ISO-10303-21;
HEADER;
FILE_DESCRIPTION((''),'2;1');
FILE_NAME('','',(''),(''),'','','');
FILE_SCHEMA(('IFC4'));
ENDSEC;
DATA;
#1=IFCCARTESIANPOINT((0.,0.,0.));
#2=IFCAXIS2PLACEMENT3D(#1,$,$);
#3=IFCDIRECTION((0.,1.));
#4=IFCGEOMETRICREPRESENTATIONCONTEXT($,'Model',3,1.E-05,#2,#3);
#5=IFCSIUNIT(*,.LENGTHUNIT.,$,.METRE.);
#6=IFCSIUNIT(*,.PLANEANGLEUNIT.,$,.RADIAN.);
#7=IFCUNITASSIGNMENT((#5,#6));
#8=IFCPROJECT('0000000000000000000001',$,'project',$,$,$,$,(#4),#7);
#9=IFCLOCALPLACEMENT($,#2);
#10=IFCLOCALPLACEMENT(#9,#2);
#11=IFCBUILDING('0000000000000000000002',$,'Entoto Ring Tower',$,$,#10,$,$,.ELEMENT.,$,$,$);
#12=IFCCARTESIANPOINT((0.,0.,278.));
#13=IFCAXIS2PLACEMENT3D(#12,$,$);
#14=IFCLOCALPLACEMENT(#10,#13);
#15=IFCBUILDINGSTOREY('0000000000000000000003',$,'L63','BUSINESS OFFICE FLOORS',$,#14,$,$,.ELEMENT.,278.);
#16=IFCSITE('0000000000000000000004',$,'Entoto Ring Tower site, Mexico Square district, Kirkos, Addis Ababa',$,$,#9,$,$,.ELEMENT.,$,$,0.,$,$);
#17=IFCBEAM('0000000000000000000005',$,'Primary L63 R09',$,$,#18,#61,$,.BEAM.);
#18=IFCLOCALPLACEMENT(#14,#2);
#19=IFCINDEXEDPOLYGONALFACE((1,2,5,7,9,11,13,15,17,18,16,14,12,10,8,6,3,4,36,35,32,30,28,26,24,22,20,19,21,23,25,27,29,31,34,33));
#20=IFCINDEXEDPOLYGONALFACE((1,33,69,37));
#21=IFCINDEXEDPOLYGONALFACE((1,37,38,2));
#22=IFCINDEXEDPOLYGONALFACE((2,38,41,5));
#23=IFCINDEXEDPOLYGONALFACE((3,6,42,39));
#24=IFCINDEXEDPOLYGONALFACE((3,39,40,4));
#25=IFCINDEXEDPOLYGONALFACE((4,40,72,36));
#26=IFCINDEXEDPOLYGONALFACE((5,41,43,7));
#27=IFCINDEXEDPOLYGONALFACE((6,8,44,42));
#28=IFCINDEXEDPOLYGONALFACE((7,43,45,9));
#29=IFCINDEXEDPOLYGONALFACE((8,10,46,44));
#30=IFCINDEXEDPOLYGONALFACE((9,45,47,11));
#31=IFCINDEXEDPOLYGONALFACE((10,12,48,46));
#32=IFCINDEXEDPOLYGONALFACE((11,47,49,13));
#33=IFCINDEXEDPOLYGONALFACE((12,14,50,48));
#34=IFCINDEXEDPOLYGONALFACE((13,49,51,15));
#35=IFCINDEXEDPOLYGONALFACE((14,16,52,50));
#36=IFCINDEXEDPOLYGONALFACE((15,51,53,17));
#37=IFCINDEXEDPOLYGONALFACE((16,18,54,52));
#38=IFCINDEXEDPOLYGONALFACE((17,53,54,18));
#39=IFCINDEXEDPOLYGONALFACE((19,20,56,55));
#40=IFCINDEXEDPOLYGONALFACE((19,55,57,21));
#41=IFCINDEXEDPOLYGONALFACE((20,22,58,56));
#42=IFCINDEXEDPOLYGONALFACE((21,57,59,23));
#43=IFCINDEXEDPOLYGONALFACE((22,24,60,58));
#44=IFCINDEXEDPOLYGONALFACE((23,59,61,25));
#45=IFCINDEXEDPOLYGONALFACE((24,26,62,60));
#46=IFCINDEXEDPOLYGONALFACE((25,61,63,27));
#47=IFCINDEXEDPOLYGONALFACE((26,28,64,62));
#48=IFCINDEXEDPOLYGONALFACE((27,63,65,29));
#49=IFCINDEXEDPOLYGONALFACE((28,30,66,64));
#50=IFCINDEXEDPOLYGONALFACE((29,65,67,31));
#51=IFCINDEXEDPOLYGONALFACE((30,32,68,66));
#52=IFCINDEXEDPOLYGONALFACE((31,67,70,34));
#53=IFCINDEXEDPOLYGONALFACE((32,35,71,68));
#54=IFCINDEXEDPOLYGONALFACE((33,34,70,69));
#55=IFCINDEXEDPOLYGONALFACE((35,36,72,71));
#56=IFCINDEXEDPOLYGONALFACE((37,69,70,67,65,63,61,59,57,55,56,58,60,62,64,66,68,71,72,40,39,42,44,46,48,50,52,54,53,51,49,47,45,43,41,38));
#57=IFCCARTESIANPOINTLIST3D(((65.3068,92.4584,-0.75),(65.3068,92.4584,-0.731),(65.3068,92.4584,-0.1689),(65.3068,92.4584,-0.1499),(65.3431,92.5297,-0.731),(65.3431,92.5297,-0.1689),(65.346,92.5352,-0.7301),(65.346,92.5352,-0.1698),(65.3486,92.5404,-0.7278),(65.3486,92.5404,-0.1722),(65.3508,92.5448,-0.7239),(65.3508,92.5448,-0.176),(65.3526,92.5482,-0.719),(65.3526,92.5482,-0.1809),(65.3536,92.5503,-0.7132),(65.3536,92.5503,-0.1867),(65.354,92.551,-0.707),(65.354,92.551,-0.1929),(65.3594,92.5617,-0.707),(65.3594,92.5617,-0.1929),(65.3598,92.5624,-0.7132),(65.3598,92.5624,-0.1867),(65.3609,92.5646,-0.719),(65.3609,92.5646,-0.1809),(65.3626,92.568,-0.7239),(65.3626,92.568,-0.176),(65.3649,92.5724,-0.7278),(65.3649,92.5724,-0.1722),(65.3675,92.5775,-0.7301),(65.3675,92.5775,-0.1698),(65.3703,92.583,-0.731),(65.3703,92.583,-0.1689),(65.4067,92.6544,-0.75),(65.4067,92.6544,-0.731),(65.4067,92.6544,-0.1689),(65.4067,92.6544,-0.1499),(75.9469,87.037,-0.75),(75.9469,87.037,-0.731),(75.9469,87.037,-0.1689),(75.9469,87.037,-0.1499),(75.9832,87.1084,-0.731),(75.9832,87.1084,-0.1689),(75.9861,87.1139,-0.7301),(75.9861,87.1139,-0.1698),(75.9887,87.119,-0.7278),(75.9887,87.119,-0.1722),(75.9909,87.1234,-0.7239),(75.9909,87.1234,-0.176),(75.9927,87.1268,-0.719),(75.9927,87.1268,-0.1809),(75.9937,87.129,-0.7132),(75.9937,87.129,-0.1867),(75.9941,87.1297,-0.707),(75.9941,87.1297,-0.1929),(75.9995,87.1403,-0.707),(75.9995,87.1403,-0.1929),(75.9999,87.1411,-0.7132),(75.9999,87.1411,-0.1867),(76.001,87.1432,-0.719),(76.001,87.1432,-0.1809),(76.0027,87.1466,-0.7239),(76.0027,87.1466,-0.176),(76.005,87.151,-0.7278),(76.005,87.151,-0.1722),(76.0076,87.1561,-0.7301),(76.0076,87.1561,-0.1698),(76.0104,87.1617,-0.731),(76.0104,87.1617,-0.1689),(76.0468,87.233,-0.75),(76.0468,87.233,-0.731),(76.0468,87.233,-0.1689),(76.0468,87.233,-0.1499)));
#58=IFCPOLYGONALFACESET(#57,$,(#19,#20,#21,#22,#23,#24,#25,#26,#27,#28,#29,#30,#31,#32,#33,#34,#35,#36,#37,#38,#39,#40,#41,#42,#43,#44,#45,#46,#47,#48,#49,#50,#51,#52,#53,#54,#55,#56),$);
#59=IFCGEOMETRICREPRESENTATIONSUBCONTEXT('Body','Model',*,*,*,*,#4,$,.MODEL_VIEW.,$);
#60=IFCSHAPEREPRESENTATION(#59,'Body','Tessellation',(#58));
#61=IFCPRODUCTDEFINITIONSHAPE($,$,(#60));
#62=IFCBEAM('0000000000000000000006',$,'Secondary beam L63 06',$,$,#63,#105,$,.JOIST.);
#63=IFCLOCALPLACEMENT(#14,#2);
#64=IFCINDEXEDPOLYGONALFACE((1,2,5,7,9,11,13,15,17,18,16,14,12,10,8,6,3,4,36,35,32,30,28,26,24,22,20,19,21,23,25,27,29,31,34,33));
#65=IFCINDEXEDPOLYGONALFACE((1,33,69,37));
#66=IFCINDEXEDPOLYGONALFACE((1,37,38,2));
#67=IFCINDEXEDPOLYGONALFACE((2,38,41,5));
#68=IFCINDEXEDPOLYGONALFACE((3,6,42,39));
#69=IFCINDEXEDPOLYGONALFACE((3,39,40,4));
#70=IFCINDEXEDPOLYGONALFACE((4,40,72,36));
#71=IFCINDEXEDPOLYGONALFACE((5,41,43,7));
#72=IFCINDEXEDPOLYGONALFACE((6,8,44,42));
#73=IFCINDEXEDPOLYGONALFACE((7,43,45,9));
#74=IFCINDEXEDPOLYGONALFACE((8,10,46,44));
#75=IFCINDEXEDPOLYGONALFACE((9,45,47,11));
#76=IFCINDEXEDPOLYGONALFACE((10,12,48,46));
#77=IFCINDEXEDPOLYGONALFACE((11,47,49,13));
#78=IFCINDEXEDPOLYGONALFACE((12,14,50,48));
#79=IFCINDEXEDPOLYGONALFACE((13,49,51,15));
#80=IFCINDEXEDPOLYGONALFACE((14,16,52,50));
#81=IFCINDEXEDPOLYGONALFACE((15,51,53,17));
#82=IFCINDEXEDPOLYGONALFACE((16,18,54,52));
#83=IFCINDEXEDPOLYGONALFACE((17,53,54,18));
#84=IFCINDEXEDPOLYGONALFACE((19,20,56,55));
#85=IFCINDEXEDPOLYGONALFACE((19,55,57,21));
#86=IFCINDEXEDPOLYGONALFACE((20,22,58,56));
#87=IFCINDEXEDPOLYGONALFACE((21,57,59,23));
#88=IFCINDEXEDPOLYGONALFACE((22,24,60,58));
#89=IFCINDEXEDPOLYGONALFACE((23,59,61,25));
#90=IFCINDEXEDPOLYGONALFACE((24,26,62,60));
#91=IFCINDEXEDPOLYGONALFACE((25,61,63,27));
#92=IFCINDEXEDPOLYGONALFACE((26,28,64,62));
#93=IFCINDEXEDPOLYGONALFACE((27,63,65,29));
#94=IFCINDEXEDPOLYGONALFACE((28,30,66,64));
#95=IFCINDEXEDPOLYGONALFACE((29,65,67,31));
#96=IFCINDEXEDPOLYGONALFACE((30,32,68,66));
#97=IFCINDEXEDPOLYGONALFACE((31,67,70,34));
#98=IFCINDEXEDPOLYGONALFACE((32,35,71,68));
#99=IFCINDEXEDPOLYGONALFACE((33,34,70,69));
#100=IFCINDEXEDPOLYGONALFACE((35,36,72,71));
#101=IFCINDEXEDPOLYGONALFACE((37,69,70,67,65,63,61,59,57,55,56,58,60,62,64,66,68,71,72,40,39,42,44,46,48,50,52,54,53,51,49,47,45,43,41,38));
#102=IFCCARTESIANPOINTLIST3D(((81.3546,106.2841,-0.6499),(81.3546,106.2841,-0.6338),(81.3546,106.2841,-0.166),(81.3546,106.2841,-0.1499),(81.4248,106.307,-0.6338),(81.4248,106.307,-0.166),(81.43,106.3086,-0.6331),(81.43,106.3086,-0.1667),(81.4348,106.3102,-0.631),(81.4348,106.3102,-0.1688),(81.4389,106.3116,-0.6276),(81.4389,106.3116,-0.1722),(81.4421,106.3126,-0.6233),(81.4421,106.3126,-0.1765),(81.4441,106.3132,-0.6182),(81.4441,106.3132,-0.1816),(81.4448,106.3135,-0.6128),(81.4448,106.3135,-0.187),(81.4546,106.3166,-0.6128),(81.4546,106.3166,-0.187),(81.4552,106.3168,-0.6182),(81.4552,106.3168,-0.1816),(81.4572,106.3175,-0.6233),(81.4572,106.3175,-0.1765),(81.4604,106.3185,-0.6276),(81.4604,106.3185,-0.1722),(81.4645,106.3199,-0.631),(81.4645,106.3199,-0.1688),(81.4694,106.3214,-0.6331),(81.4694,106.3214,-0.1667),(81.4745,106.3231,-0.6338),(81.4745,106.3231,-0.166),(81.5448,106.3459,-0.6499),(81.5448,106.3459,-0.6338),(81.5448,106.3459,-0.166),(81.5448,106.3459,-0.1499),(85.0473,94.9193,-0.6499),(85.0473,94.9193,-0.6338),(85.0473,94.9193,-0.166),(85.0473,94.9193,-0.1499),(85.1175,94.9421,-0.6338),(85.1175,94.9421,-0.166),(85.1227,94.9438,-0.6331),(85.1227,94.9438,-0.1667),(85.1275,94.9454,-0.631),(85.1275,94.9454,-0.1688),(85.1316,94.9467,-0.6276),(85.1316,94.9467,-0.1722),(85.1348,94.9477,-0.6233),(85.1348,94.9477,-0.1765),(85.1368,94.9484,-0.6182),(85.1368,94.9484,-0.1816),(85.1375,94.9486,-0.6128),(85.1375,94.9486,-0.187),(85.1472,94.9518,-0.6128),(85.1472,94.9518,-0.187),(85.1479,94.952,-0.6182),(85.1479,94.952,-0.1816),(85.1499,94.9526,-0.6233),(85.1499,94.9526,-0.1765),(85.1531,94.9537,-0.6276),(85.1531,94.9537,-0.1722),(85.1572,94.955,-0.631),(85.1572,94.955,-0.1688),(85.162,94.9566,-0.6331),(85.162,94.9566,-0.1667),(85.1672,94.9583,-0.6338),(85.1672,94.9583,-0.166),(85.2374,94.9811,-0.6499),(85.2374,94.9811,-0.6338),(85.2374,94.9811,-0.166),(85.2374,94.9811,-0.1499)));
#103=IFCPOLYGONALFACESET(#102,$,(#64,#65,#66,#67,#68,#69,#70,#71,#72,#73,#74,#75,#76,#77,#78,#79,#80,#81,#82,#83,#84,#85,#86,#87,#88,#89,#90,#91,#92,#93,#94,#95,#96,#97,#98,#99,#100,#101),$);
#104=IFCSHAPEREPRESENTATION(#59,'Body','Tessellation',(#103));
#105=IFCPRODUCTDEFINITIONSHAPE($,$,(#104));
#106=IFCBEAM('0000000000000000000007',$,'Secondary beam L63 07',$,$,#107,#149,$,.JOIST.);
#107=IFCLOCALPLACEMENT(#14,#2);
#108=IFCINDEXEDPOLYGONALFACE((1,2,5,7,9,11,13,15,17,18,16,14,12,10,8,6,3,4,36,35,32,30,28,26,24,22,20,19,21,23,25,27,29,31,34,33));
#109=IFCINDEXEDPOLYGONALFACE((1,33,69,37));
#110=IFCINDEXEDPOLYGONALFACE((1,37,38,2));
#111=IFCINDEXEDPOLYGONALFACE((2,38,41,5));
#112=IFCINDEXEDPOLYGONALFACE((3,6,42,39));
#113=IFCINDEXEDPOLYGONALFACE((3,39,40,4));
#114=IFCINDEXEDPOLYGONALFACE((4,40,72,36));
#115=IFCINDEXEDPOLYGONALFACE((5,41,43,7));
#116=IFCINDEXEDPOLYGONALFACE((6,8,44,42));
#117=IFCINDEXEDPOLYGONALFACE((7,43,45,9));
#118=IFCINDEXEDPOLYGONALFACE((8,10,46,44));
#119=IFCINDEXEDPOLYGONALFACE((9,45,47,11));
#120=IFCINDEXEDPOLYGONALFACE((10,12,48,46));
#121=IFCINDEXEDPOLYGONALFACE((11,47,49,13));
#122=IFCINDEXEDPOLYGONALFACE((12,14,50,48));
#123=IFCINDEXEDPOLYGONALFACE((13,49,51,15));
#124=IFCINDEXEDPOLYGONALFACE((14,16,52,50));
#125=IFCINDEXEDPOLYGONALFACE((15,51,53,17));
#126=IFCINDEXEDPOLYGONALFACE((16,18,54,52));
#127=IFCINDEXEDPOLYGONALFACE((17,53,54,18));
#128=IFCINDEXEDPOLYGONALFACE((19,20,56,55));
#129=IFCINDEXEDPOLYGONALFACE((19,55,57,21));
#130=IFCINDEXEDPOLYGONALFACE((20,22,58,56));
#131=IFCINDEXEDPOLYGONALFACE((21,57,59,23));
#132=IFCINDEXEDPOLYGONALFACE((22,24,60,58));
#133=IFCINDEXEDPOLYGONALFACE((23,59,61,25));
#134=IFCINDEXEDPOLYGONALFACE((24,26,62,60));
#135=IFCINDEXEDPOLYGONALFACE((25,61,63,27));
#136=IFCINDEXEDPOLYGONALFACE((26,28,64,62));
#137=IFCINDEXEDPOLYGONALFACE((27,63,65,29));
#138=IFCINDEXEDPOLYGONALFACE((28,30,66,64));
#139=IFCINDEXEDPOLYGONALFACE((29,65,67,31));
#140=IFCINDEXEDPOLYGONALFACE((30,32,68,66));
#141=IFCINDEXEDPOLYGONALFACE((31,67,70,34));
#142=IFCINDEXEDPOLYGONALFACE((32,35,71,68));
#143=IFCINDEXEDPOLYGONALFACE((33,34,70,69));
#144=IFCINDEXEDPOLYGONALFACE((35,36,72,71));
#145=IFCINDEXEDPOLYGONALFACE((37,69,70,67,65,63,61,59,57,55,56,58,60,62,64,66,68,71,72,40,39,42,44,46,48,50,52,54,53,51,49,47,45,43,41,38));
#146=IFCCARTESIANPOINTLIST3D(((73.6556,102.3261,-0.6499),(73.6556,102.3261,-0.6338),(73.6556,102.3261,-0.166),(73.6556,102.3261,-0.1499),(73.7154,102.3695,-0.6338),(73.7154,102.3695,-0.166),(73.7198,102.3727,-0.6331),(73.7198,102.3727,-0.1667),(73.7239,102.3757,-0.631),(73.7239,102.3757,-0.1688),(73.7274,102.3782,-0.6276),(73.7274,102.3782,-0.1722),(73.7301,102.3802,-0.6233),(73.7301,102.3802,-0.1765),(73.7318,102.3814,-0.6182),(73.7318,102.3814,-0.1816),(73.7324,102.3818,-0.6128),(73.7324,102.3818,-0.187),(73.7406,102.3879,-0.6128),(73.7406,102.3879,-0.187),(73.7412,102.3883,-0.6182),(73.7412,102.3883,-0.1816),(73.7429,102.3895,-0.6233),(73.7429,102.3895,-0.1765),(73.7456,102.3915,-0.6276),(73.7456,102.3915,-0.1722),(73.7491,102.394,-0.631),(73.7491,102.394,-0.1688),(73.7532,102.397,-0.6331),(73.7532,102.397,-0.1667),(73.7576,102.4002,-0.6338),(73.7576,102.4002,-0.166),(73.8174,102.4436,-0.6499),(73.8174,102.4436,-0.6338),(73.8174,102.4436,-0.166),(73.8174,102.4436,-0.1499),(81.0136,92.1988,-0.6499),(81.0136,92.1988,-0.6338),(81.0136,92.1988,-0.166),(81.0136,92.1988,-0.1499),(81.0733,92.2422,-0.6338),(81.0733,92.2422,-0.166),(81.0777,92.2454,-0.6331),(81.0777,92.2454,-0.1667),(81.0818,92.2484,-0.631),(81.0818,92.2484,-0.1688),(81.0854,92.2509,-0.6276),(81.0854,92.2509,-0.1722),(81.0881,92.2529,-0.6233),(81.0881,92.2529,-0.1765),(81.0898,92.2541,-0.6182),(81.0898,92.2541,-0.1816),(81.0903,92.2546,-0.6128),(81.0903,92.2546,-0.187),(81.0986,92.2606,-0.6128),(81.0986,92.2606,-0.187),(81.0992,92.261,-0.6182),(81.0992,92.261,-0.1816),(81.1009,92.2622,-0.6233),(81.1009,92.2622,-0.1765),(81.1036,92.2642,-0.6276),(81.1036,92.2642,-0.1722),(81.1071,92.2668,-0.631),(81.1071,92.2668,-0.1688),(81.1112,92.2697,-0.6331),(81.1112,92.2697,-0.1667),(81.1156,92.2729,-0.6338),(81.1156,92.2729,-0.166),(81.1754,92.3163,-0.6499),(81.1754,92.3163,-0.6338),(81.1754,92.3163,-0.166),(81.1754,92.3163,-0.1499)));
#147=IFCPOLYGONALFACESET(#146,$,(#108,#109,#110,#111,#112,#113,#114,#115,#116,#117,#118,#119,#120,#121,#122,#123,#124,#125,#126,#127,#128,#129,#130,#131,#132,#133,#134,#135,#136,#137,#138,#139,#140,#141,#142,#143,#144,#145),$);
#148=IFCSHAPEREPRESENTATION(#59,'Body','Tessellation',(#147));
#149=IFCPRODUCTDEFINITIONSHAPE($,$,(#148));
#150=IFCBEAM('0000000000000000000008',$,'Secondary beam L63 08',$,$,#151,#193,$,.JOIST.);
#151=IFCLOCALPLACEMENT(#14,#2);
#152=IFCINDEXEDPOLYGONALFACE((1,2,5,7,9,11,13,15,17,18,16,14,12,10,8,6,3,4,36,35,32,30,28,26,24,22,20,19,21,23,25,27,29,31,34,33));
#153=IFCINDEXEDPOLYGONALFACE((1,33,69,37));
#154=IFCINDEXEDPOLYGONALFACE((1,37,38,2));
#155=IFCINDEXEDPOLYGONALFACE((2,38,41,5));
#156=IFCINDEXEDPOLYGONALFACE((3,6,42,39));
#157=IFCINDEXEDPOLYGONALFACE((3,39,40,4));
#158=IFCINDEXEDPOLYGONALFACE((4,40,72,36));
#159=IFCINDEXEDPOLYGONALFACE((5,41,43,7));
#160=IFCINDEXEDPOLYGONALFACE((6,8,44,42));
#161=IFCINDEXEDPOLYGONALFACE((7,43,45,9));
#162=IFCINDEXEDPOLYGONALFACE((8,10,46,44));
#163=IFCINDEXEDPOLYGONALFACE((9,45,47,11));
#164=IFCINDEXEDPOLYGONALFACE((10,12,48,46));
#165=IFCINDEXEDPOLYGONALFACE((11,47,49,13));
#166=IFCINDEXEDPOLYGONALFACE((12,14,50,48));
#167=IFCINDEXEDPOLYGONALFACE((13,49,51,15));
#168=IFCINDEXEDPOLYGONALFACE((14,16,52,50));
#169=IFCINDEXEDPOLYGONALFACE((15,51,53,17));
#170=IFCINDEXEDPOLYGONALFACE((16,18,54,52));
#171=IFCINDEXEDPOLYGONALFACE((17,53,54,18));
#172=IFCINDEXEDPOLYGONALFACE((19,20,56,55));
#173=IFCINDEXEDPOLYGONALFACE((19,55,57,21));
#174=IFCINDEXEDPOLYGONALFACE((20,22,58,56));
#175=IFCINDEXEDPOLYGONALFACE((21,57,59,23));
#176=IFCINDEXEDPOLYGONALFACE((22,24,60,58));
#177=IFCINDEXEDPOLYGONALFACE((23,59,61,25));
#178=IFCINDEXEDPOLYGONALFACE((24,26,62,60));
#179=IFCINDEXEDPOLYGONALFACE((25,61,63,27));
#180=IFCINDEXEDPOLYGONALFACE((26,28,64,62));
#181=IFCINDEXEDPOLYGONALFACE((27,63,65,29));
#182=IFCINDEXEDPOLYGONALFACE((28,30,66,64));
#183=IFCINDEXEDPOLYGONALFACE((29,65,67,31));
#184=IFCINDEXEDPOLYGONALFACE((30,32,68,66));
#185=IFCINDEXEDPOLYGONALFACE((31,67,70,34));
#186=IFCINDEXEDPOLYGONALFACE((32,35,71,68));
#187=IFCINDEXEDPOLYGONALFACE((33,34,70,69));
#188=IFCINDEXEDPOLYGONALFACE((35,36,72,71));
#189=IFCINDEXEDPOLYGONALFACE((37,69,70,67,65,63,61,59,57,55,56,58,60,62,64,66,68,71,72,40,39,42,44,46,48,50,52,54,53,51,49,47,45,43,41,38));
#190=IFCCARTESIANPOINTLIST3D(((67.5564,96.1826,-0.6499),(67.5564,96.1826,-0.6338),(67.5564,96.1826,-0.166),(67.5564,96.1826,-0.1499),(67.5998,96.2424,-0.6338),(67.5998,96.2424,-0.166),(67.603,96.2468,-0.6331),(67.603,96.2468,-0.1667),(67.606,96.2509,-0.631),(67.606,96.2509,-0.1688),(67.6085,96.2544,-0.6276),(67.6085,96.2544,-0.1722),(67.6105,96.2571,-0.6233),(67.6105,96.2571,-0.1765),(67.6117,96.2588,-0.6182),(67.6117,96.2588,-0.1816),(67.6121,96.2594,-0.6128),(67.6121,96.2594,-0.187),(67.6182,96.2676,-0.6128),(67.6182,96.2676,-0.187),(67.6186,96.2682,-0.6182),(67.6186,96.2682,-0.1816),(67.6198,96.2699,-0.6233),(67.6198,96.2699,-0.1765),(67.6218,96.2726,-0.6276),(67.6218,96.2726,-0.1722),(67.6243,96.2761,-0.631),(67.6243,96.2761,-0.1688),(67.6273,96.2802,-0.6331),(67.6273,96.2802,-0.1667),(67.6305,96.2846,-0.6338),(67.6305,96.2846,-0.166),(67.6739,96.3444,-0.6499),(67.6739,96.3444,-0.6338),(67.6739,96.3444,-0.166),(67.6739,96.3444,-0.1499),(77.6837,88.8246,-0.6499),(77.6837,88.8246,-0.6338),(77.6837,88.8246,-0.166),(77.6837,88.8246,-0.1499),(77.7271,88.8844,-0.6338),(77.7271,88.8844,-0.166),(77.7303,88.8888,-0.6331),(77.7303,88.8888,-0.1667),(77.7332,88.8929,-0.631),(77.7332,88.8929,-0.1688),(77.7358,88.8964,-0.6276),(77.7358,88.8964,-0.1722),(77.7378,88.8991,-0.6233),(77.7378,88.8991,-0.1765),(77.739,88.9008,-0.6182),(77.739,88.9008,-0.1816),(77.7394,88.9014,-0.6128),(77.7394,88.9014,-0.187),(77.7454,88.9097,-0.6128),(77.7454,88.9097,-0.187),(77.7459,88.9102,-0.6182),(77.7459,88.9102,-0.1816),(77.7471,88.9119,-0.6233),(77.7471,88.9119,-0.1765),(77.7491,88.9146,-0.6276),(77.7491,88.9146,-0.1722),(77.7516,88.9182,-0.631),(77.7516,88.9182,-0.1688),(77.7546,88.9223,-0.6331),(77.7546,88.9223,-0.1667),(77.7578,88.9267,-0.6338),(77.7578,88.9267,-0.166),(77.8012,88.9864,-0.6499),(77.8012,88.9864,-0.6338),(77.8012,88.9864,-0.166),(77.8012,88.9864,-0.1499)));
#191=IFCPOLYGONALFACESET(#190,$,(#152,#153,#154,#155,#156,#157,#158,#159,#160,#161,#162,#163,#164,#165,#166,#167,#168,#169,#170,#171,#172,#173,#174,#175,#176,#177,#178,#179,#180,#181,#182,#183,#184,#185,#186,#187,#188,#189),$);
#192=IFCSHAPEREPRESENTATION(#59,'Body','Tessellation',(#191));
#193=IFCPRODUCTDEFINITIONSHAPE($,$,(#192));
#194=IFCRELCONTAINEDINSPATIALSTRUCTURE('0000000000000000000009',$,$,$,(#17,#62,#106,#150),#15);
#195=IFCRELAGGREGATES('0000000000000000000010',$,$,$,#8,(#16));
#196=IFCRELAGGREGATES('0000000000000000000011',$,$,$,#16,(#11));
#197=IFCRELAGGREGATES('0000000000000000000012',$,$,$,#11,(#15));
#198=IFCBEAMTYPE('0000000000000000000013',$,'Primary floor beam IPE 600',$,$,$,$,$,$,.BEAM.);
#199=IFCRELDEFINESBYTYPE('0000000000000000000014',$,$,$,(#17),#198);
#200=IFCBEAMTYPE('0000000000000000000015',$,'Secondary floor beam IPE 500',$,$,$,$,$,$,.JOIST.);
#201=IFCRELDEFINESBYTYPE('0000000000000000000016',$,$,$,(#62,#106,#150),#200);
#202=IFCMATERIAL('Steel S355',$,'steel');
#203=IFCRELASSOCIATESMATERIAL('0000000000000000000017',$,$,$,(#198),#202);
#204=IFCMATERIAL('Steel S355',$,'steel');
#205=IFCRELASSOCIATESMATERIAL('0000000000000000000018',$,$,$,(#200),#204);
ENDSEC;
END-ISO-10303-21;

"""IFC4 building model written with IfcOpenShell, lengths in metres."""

from ifc_helpers import new_model, si_unit, direction, frame, origin, origin_2d, place, context, subcontext, project, spatial, i_section, extrude, material, material_profile, profile_set, type_object, element, save


model = new_model("IFC4")

# Units and contexts
model_context = context("Model", 3, precision=1e-05, world=origin(), true_north=direction((0.0, 1.0)))
body_context = subcontext(model_context, "Body", "Model", "MODEL_VIEW")
ifc_project = project(units=[si_unit("LENGTHUNIT", "METRE"), si_unit("PLANEANGLEUNIT", "RADIAN")], contexts=[model_context])

# Site, building, storey
site_placement = place(None, origin())
site = spatial("IfcSite", under=ifc_project, at=site_placement, Name="Entoto Ring Tower site, Mexico Square district, Kirkos, Addis Ababa", CompositionType="ELEMENT", RefElevation=0.0)
building_placement = place(site_placement, origin())
building = spatial("IfcBuilding", under=site, at=building_placement, Name="Entoto Ring Tower", CompositionType="ELEMENT")
storey_placement = place(building_placement, frame((0.0, 0.0, 278.0)))
storey = spatial("IfcBuildingStorey", under=building, at=storey_placement, Name="L63", Description="BUSINESS OFFICE FLOORS", CompositionType="ELEMENT", Elevation=278.0)

# Beams
ifc_material_1 = material(Name="Steel S355", Category="steel")
ifc_material_profile_1 = material_profile(ifc_material_1, i_section(OverallWidth=0.22, OverallDepth=0.6001, WebThickness=0.012, FlangeThickness=0.019, FilletRadius=0.0239, at=origin_2d()), Name="IPE 600")
ifc_profile_set_1 = profile_set([ifc_material_profile_1], Name="Steel S355")
beam_type_1 = type_object("IfcBeamType", Name="Primary floor beam IPE 600", PredefinedType="BEAM", material=ifc_profile_set_1)
beam_1_placement = place(storey_placement, frame((75.9968, 87.135, -0.45), z_axis=(-0.891008, 0.453988, 0.0), x_axis=(-0.453988, -0.891008, 0.0)))
element("IfcBeam", 1, at=beam_1_placement, inside=storey, type_object=beam_type_1, Name="Primary L63 R09", PredefinedType="BEAM", context=body_context, shape_type="SweptSolid", body=[
    extrude(i_section(OverallWidth=0.22, OverallDepth=0.6001, WebThickness=0.012, FlangeThickness=0.019, FilletRadius=0.0239, at=origin_2d()), origin(), (0.0, 0.0, 1.0), 11.9417),
])
ifc_material_2 = material(Name="Steel S355", Category="steel")
ifc_material_profile_2 = material_profile(ifc_material_2, i_section(OverallWidth=0.2, OverallDepth=0.5, WebThickness=0.0103, FlangeThickness=0.0161, FilletRadius=0.021, at=origin_2d()), Name="IPE 500")
ifc_profile_set_2 = profile_set([ifc_material_profile_2], Name="Steel S355")
beam_type_2 = type_object("IfcBeamType", Name="Secondary floor beam IPE 500", PredefinedType="JOIST", material=ifc_profile_set_2)
beam_2_placement = place(storey_placement, frame((85.1423, 94.9502, -0.3999), z_axis=(-0.309017, 0.951057, 0.0), x_axis=(-0.951057, -0.309017, 0.0)))
element("IfcBeam", 2, at=beam_2_placement, inside=storey, type_object=beam_type_2, Name="Secondary beam L63 06", PredefinedType="JOIST", context=body_context, shape_type="SweptSolid", body=[
    extrude(i_section(OverallWidth=0.2, OverallDepth=0.5, WebThickness=0.0103, FlangeThickness=0.0161, FilletRadius=0.021, at=origin_2d()), origin(), (0.0, 0.0, 1.0), 11.9497),
])
for number, where, z_axis, x_axis, name in (
    (3, (81.0945, 92.2576, -0.3999), (-0.587789, 0.809014, 0.0), (-0.809014, -0.587789, 0.0), "Secondary beam L63 07"),
    (4, (77.7424, 88.9055, -0.3999), (-0.809014, 0.587789, 0.0), (-0.587789, -0.809014, 0.0), "Secondary beam L63 08"),
):
    element("IfcBeam", number, at=place(storey_placement, frame(where, z_axis=z_axis, x_axis=x_axis)), inside=storey, type_object=beam_type_2, Name=name, PredefinedType="JOIST", context=body_context, shape_type="SweptSolid", body=[
        extrude(i_section(OverallWidth=0.2, OverallDepth=0.5, WebThickness=0.0103, FlangeThickness=0.0161, FilletRadius=0.021, at=origin_2d()), origin(), (0.0, 0.0, 1.0), 12.5181),
    ])

save(model, "model.ifc")
